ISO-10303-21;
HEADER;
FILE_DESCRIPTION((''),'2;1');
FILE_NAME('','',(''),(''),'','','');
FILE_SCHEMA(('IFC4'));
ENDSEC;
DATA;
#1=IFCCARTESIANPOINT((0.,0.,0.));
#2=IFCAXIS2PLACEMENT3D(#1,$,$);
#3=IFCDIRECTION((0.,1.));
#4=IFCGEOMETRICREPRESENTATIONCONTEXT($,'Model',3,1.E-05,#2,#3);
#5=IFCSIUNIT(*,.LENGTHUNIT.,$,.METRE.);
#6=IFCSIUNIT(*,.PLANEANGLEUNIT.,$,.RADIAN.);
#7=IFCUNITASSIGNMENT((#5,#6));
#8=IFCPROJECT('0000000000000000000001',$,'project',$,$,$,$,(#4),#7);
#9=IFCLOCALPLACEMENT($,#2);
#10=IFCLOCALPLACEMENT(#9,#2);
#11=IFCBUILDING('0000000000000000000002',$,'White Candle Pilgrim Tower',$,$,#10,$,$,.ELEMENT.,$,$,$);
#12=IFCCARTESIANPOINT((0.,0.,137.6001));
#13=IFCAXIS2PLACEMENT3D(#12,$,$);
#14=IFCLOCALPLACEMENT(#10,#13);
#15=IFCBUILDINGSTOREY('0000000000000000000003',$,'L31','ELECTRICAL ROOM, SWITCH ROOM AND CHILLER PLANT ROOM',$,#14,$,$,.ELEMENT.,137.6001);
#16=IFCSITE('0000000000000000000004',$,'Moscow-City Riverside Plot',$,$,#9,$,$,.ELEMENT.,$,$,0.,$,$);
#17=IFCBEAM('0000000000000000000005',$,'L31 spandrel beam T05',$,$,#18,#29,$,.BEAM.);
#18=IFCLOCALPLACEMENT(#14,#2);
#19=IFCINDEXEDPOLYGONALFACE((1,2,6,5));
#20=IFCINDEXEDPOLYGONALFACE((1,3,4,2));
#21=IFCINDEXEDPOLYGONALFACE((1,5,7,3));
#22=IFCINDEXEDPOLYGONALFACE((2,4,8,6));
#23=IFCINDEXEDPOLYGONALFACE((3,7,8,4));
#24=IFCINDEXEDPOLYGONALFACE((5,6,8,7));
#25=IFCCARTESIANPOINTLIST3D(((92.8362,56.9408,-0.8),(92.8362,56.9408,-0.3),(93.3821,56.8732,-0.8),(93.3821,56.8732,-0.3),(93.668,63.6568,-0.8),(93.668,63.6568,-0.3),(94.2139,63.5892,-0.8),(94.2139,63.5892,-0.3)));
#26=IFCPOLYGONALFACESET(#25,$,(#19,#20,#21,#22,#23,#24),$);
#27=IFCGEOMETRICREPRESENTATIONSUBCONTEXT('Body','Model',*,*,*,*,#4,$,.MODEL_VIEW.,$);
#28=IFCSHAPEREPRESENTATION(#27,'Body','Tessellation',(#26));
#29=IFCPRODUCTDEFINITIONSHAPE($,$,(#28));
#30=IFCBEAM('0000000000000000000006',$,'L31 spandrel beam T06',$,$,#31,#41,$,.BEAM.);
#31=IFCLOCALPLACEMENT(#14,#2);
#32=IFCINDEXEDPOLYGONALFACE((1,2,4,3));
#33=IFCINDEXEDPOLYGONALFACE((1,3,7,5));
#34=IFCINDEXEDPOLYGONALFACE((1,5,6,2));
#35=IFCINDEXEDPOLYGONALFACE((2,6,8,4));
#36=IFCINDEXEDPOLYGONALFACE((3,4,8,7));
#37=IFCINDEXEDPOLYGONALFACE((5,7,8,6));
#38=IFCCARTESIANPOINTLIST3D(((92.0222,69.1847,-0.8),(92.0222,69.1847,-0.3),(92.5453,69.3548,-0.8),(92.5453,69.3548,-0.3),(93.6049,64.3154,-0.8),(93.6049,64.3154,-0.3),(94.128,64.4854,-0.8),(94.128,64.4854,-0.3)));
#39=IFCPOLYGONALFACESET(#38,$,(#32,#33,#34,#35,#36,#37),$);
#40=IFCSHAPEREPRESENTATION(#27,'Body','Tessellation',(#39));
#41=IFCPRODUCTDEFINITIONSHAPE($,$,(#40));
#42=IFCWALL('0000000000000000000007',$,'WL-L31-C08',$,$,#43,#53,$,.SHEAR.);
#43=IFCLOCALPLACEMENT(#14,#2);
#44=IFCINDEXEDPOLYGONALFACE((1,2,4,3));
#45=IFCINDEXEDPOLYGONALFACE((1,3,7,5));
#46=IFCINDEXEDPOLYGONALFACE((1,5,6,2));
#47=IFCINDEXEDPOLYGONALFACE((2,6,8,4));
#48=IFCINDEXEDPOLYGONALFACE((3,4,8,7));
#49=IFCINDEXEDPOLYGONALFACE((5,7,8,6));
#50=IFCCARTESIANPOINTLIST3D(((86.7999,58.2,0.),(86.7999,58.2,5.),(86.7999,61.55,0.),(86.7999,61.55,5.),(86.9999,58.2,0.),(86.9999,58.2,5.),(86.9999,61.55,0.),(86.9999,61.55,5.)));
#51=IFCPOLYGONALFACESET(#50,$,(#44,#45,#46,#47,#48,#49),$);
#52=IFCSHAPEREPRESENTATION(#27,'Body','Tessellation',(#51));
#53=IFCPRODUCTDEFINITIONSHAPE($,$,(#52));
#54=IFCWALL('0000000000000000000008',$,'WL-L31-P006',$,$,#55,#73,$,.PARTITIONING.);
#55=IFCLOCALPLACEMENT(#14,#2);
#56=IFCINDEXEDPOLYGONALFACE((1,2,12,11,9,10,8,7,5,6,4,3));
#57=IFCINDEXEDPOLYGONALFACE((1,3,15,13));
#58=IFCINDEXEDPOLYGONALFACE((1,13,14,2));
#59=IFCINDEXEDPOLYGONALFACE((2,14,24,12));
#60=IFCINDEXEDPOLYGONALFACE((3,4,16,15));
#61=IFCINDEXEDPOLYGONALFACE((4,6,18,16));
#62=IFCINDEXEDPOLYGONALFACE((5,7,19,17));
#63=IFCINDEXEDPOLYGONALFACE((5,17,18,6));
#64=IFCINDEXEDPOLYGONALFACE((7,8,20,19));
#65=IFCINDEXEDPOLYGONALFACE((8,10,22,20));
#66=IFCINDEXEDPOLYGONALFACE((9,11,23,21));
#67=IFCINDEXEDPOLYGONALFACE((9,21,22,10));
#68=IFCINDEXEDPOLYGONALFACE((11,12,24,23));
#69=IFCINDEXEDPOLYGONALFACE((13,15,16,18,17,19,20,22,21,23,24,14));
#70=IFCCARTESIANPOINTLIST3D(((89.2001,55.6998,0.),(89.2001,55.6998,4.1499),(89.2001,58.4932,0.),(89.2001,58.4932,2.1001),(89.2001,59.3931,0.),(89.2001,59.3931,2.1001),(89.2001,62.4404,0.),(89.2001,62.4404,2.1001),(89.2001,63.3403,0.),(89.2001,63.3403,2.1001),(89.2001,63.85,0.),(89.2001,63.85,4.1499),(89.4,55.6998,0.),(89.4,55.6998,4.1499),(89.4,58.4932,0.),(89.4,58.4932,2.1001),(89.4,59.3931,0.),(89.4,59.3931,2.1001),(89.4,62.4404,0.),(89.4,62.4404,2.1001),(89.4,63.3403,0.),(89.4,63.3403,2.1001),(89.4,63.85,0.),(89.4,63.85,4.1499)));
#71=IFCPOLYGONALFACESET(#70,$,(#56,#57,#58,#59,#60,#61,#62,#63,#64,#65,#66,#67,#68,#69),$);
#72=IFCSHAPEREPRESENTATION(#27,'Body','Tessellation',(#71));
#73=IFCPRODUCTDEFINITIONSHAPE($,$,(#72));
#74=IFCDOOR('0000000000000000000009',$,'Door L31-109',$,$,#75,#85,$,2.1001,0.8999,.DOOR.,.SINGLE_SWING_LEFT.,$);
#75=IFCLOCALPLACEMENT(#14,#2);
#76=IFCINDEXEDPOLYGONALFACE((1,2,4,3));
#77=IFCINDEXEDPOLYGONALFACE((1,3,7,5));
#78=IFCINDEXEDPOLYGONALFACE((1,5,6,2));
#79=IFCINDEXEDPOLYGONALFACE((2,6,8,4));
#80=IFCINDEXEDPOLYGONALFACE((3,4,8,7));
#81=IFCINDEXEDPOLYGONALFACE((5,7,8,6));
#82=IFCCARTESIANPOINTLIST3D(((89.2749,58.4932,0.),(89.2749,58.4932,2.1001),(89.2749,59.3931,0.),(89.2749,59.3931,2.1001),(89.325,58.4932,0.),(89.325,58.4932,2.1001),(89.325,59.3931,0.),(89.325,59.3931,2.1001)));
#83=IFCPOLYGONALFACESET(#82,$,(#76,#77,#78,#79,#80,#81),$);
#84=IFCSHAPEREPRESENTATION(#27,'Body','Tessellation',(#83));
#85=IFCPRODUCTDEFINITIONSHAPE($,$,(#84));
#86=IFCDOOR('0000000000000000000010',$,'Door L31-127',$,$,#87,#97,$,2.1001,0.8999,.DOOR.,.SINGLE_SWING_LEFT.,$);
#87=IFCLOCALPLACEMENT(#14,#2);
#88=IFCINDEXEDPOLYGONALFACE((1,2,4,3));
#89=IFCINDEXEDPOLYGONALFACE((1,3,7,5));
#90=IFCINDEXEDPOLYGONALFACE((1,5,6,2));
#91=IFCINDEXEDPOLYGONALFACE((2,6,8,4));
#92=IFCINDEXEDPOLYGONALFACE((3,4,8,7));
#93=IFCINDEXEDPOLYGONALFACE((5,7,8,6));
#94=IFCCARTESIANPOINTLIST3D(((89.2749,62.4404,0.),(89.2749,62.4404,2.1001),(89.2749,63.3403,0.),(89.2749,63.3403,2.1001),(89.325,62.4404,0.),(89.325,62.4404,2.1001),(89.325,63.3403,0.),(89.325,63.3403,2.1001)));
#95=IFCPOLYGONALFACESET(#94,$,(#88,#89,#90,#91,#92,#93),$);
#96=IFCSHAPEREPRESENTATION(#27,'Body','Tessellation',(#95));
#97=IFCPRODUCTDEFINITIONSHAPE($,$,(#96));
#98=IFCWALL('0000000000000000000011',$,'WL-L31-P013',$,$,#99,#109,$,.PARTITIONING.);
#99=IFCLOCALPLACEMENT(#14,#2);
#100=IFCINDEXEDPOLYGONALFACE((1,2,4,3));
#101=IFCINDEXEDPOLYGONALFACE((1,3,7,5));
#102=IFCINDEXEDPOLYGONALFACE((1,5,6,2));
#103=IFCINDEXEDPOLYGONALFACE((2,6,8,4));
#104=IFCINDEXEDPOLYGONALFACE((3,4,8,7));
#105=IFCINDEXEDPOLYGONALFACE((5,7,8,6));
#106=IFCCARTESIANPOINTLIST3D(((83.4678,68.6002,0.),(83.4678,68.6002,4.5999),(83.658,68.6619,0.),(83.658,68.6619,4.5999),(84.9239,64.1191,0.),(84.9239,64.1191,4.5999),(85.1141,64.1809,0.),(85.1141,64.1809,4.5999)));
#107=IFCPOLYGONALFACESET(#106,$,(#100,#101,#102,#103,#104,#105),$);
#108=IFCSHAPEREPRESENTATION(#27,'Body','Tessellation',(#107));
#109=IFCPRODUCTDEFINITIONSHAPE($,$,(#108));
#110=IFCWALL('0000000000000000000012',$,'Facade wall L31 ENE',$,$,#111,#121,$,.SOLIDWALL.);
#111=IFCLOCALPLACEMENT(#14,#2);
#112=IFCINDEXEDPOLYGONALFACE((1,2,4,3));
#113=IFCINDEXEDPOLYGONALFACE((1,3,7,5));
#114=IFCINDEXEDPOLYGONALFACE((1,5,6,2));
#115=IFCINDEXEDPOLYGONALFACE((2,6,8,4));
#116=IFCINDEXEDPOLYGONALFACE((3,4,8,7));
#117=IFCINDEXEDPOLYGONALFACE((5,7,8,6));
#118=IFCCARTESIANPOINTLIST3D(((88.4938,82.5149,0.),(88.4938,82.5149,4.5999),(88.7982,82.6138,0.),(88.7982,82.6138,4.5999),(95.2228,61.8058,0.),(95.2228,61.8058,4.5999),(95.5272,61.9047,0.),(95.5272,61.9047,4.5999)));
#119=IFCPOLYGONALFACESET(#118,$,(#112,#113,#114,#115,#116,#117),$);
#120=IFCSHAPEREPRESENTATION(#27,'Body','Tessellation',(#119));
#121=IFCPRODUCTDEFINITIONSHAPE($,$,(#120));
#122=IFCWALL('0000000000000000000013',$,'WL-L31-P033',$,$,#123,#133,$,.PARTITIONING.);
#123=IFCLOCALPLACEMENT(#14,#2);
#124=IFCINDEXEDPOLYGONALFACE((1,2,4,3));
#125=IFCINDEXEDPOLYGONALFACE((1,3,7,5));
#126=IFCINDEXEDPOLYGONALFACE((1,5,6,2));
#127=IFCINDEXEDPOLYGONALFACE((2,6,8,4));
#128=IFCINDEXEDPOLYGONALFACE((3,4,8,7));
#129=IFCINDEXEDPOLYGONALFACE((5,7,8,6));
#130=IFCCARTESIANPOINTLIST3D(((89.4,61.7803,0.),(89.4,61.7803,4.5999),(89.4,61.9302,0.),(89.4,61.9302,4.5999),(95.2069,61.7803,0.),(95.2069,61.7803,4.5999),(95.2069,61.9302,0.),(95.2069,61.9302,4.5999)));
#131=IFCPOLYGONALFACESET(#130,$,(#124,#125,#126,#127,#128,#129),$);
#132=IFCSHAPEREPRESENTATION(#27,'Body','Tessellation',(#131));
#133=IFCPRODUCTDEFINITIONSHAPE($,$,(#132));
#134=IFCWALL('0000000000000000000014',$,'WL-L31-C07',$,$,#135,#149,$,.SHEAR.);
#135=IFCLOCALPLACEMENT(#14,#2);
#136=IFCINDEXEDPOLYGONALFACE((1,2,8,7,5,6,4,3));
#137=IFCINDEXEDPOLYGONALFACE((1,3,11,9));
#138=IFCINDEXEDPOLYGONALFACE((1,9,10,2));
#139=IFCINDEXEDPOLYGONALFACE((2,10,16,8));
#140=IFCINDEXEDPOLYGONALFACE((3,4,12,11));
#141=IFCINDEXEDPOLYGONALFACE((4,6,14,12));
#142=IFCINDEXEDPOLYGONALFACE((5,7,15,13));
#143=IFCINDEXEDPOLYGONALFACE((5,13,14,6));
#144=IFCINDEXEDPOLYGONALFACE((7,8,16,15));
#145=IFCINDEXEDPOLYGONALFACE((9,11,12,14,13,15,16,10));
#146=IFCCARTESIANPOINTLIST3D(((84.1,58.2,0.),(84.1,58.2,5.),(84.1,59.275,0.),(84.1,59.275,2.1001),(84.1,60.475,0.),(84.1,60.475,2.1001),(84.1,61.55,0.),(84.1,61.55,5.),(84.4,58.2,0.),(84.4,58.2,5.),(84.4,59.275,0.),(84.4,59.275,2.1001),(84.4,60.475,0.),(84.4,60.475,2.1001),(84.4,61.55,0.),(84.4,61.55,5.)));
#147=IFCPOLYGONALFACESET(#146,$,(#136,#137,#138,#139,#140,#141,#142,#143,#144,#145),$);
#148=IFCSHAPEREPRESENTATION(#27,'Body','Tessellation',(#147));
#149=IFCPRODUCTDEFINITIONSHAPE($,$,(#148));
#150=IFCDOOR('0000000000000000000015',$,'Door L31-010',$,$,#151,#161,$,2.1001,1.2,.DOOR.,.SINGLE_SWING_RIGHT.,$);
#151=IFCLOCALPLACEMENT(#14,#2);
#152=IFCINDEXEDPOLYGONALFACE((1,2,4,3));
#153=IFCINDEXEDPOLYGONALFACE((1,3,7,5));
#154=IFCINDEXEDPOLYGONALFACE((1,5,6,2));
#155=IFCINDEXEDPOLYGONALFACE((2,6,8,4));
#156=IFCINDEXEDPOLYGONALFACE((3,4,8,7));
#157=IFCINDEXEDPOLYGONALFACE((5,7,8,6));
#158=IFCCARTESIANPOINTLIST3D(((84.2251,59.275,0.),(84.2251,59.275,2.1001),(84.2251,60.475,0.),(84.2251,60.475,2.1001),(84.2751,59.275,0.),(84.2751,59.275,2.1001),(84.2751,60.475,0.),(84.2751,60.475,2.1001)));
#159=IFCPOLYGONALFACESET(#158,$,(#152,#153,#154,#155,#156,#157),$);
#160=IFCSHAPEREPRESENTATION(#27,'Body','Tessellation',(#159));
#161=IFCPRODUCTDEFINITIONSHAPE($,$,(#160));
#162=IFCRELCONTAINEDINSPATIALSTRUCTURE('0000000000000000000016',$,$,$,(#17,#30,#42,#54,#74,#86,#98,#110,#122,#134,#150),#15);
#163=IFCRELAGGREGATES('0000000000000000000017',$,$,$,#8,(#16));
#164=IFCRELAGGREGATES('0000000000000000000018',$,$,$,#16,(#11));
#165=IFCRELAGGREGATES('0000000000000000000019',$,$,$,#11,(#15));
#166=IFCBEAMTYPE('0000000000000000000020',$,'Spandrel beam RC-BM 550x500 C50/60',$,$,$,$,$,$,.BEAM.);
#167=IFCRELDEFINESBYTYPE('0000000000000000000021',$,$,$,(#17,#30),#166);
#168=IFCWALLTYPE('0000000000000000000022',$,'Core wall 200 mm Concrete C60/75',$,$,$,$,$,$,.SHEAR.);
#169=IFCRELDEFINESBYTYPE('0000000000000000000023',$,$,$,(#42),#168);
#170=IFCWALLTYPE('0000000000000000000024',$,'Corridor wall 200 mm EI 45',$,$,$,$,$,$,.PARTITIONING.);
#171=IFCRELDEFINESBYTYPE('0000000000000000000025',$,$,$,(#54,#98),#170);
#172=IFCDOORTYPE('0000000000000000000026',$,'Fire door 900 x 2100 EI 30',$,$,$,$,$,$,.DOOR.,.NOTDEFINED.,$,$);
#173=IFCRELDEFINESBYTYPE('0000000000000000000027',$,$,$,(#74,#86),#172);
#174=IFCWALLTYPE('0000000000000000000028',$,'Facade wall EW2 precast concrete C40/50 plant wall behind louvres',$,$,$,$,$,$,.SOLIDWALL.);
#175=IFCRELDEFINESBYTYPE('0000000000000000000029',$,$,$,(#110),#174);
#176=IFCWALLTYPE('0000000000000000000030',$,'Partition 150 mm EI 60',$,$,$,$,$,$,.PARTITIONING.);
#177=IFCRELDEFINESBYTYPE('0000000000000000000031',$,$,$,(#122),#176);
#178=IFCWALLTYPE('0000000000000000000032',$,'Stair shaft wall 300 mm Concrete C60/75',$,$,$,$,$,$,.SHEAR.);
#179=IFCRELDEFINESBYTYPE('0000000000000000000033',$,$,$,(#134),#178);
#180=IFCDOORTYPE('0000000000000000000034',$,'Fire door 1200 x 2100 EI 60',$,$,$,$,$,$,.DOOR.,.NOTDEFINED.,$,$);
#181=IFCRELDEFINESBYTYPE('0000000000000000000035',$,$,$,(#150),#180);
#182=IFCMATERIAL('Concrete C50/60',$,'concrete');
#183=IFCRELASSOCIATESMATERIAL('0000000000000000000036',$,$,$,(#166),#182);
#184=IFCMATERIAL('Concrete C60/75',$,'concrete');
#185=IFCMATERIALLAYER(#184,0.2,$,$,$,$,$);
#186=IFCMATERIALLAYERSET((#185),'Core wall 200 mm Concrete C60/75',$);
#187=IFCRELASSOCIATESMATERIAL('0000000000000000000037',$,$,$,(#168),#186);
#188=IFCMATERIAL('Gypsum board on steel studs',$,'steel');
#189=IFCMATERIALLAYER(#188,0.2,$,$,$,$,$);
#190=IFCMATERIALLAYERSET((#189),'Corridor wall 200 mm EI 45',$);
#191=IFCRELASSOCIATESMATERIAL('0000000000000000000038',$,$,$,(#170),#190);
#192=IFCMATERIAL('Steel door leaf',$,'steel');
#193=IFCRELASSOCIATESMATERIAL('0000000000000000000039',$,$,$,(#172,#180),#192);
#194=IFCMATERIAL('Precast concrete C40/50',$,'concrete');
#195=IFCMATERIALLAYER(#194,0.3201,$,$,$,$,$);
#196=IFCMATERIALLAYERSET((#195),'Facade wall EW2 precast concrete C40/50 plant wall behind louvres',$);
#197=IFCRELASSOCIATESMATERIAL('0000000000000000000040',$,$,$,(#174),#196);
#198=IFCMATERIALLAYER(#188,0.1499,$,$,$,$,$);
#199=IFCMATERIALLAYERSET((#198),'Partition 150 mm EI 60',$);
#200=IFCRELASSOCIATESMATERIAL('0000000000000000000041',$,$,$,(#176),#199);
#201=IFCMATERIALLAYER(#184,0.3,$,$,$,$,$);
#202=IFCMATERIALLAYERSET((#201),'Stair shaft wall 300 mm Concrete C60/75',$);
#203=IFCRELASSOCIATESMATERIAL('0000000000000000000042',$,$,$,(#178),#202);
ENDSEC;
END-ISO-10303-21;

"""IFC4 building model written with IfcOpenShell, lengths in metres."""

from ifc_helpers import new_model, si_unit, direction, frame, frame_2d, origin, origin_2d, place, context, subcontext, project, spatial, rectangle, extrude, material, layer, layer_set, material_profile, profile_set, type_object, element, fill, save


model = new_model("IFC4")

# Units and contexts
model_context = context("Model", 3, precision=1e-05, world=origin(), true_north=direction((0.0, 1.0)))
body_context = subcontext(model_context, "Body", "Model", "MODEL_VIEW")
ifc_project = project(units=[si_unit("LENGTHUNIT", "METRE"), si_unit("PLANEANGLEUNIT", "RADIAN")], contexts=[model_context])

# Site, building, storey
site_placement = place(None, origin())
site = spatial("IfcSite", under=ifc_project, at=site_placement, Name="Moscow-City Riverside Plot", CompositionType="ELEMENT", RefElevation=0.0)
building_placement = place(site_placement, origin())
building = spatial("IfcBuilding", under=site, at=building_placement, Name="White Candle Pilgrim Tower", CompositionType="ELEMENT")
storey_placement = place(building_placement, frame((0.0, 0.0, 137.6001)))
storey = spatial("IfcBuildingStorey", under=building, at=storey_placement, Name="L31", Description="ELECTRICAL ROOM, SWITCH ROOM AND CHILLER PLANT ROOM", CompositionType="ELEMENT", Elevation=137.6001)

# Beams
ifc_material_1 = material(Name="Concrete C50/60", Category="concrete")
ifc_material_profile_1 = material_profile(ifc_material_1, rectangle(XDim=0.55, YDim=0.5, at=origin_2d()), Name="RC-BM 550x500")
ifc_profile_set_1 = profile_set([ifc_material_profile_1], Name="Concrete C50/60")
beam_type = type_object("IfcBeamType", Name="Spandrel beam RC-BM 550x500 C50/60", PredefinedType="BEAM", material=ifc_profile_set_1)
beam_1_placement = place(storey_placement, frame((93.1091, 56.907, -0.55), z_axis=(0.122911, 0.992418, 0.0), x_axis=(-0.992418, 0.122911, 0.0)))
element("IfcBeam", 1, at=beam_1_placement, inside=storey, type_object=beam_type, Name="L31 spandrel beam T05", PredefinedType="BEAM", context=body_context, shape_type="SweptSolid", body=[
    extrude(rectangle(XDim=0.55, YDim=0.5, at=origin_2d()), origin(), (0.0, 0.0, 1.0), 6.7673),
])
beam_2_placement = place(storey_placement, frame((93.8665, 64.4004, -0.55), z_axis=(-0.309124, 0.951022, 0.0), x_axis=(-0.951022, -0.309124, 0.0)))
element("IfcBeam", 2, at=beam_2_placement, inside=storey, type_object=beam_type, Name="L31 spandrel beam T06", PredefinedType="BEAM", context=body_context, shape_type="SweptSolid", body=[
    extrude(rectangle(XDim=0.55, YDim=0.5, at=origin_2d()), origin(), (0.0, 0.0, 1.0), 5.1201),
])

# Wall
ifc_material_2 = material(Name="Concrete C60/75", Category="concrete")
ifc_layer_1 = layer(ifc_material_2, 0.2)
ifc_layer_set_1 = layer_set([ifc_layer_1], Name="Core wall 200 mm Concrete C60/75")
wall_type_1 = type_object("IfcWallType", Name="Core wall 200 mm Concrete C60/75", PredefinedType="SHEAR", material=ifc_layer_set_1)
wall_1_placement = place(storey_placement, frame((86.8999, 58.2, 0.0), z_axis=(0.0, 0.0, 1.0), x_axis=(0.0, 1.0, 0.0)))
element("IfcWall", 3, at=wall_1_placement, inside=storey, type_object=wall_type_1, Name="WL-L31-C08", PredefinedType="SHEAR", context=body_context, shape_type="SweptSolid", body=[
    extrude(rectangle(XDim=3.3501, YDim=0.2, at=frame_2d((1.675, 0.0))), origin(), (0.0, 0.0, 1.0), 5.0),
])

# Wall, openings, doors
ifc_material_3 = material(Name="Gypsum board on steel studs", Category="steel")
ifc_layer_2 = layer(ifc_material_3, 0.2)
ifc_layer_set_2 = layer_set([ifc_layer_2], Name="Corridor wall 200 mm EI 45")
wall_type_2 = type_object("IfcWallType", Name="Corridor wall 200 mm EI 45", PredefinedType="PARTITIONING", material=ifc_layer_set_2)
wall_2_placement = place(storey_placement, frame((89.3, 63.8501, 0.0), z_axis=(0.0, 0.0, 1.0), x_axis=(0.0, -1.0, 0.0)))
wall_2 = element("IfcWall", 4, at=wall_2_placement, inside=storey, type_object=wall_type_2, Name="WL-L31-P006", PredefinedType="PARTITIONING", context=body_context, shape_type="SweptSolid", body=[
    extrude(rectangle(XDim=8.1501, YDim=0.2, at=frame_2d((4.0752, 0.0))), origin(), (0.0, 0.0, 1.0), 4.1499),
])
opening_1_placement = place(wall_2_placement, frame((4.457, 0.0, 0.0)))
opening_1 = element("IfcOpeningElement", 5, at=opening_1_placement, cuts=wall_2, PredefinedType="OPENING", context=body_context, shape_type="SweptSolid", body=[
    extrude(rectangle(XDim=0.8999, YDim=2.1001, at=frame_2d((0.45, 1.05))), frame((0.0, 0.1099, 0.0), z_axis=(0.0, -1.0, 0.0), x_axis=(1.0, 0.0, 0.0)), (0.0, 0.0, 1.0), 0.22),
])
opening_2_placement = place(wall_2_placement, frame((0.5098, 0.0, 0.0)))
opening_2 = element("IfcOpeningElement", 6, at=opening_2_placement, cuts=wall_2, PredefinedType="OPENING", context=body_context, shape_type="SweptSolid", body=[
    extrude(rectangle(XDim=0.8999, YDim=2.1001, at=frame_2d((0.45, 1.05))), frame((0.0, 0.1099, 0.0), z_axis=(0.0, -1.0, 0.0), x_axis=(1.0, 0.0, 0.0)), (0.0, 0.0, 1.0), 0.22),
])
ifc_material_4 = material(Name="Steel door leaf", Category="steel")
door_type_1 = type_object("IfcDoorType", Name="Fire door 900 x 2100 EI 30", OperationType="NOTDEFINED", PredefinedType="DOOR", material=ifc_material_4)
door_1_placement = place(opening_1_placement, origin())
door_1 = element("IfcDoor", 7, at=door_1_placement, inside=storey, type_object=door_type_1, Name="Door L31-109", OperationType="SINGLE_SWING_LEFT", OverallHeight=2.1001, OverallWidth=0.8999, PredefinedType="DOOR", context=body_context, shape_type="SweptSolid", body=[
    extrude(rectangle(XDim=0.8999, YDim=2.1001, at=frame_2d((0.45, 1.05))), frame((0.0, 0.0249, 0.0), z_axis=(0.0, -1.0, 0.0), x_axis=(1.0, 0.0, 0.0)), (0.0, 0.0, 1.0), 0.05),
])
fill(opening_1, door_1)
door_2_placement = place(opening_2_placement, origin())
door_2 = element("IfcDoor", 8, at=door_2_placement, inside=storey, type_object=door_type_1, Name="Door L31-127", OperationType="SINGLE_SWING_LEFT", OverallHeight=2.1001, OverallWidth=0.8999, PredefinedType="DOOR", context=body_context, shape_type="SweptSolid", body=[
    extrude(rectangle(XDim=0.8999, YDim=2.1001, at=frame_2d((0.45, 1.05))), frame((0.0, 0.0249, 0.0), z_axis=(0.0, -1.0, 0.0), x_axis=(1.0, 0.0, 0.0)), (0.0, 0.0, 1.0), 0.05),
])
fill(opening_2, door_2)

# Walls
wall_3_placement = place(storey_placement, frame((85.019, 64.1499, 0.0), z_axis=(0.0, 0.0, 1.0), x_axis=(-0.309037, 0.95105, 0.0)))
element("IfcWall", 9, at=wall_3_placement, inside=storey, type_object=wall_type_2, Name="WL-L31-P013", PredefinedType="PARTITIONING", context=body_context, shape_type="SweptSolid", body=[
    extrude(rectangle(XDim=4.7117, YDim=0.2, at=frame_2d((2.356, 0.0))), origin(), (0.0, 0.0, 1.0), 4.5999),
])
ifc_material_5 = material(Name="Precast concrete C40/50", Category="concrete")
ifc_layer_3 = layer(ifc_material_5, 0.3201)
ifc_layer_set_3 = layer_set([ifc_layer_3], Name="Facade wall EW2 precast concrete C40/50 plant wall behind louvres")
wall_type_3 = type_object("IfcWallType", Name="Facade wall EW2 precast concrete C40/50 plant wall behind louvres", PredefinedType="SOLIDWALL", material=ifc_layer_set_3)
wall_4_placement = place(storey_placement, frame((95.375, 61.8552, 0.0), z_axis=(0.0, 0.0, 1.0), x_axis=(-0.309024, 0.951054, 0.0)))
element("IfcWall", 10, at=wall_4_placement, inside=storey, type_object=wall_type_3, Name="Facade wall L31 ENE", PredefinedType="SOLIDWALL", context=body_context, shape_type="SweptSolid", body=[
    extrude(rectangle(XDim=21.7749, YDim=0.3201, at=frame_2d((10.8875, 0.0))), origin(), (0.0, 0.0, 1.0), 4.5999),
])
ifc_layer_4 = layer(ifc_material_3, 0.1499)
ifc_layer_set_4 = layer_set([ifc_layer_4], Name="Partition 150 mm EI 60")
wall_type_4 = type_object("IfcWallType", Name="Partition 150 mm EI 60", PredefinedType="PARTITIONING", material=ifc_layer_set_4)
wall_5_placement = place(storey_placement, frame((95.2068, 61.8552, 0.0), z_axis=(0.0, 0.0, 1.0), x_axis=(-1.0, 0.0, 0.0)))
element("IfcWall", 11, at=wall_5_placement, inside=storey, type_object=wall_type_4, Name="WL-L31-P033", PredefinedType="PARTITIONING", context=body_context, shape_type="SweptSolid", body=[
    extrude(rectangle(XDim=5.8069, YDim=0.1499, at=frame_2d((2.9033, 0.0))), origin(), (0.0, 0.0, 1.0), 4.5999),
])

# Wall, opening, door
ifc_layer_5 = layer(ifc_material_2, 0.3)
ifc_layer_set_5 = layer_set([ifc_layer_5], Name="Stair shaft wall 300 mm Concrete C60/75")
wall_type_5 = type_object("IfcWallType", Name="Stair shaft wall 300 mm Concrete C60/75", PredefinedType="SHEAR", material=ifc_layer_set_5)
wall_6_placement = place(storey_placement, frame((84.25, 58.2, 0.0), z_axis=(0.0, 0.0, 1.0), x_axis=(0.0, 1.0, 0.0)))
wall_6 = element("IfcWall", 12, at=wall_6_placement, inside=storey, type_object=wall_type_5, Name="WL-L31-C07", PredefinedType="SHEAR", context=body_context, shape_type="SweptSolid", body=[
    extrude(rectangle(XDim=3.3501, YDim=0.3, at=frame_2d((1.675, 0.0))), origin(), (0.0, 0.0, 1.0), 5.0),
])
opening_3_placement = place(wall_6_placement, frame((1.075, 0.0, 0.0)))
opening_3 = element("IfcOpeningElement", 13, at=opening_3_placement, cuts=wall_6, PredefinedType="OPENING", context=body_context, shape_type="SweptSolid", body=[
    extrude(rectangle(XDim=1.2, YDim=2.1001, at=frame_2d((0.6001, 1.05))), frame((0.0, 0.1599, 0.0), z_axis=(0.0, -1.0, 0.0), x_axis=(1.0, 0.0, 0.0)), (0.0, 0.0, 1.0), 0.3201),
])
door_type_2 = type_object("IfcDoorType", Name="Fire door 1200 x 2100 EI 60", OperationType="NOTDEFINED", PredefinedType="DOOR", material=ifc_material_4)
door_3_placement = place(opening_3_placement, origin())
door_3 = element("IfcDoor", 14, at=door_3_placement, inside=storey, type_object=door_type_2, Name="Door L31-010", OperationType="SINGLE_SWING_RIGHT", OverallHeight=2.1001, OverallWidth=1.2, PredefinedType="DOOR", context=body_context, shape_type="SweptSolid", body=[
    extrude(rectangle(XDim=1.2, YDim=2.1001, at=frame_2d((0.6001, 1.05))), frame((0.0, 0.0249, 0.0), z_axis=(0.0, -1.0, 0.0), x_axis=(1.0, 0.0, 0.0)), (0.0, 0.0, 1.0), 0.05),
])
fill(opening_3, door_3)

save(model, "model.ifc")
